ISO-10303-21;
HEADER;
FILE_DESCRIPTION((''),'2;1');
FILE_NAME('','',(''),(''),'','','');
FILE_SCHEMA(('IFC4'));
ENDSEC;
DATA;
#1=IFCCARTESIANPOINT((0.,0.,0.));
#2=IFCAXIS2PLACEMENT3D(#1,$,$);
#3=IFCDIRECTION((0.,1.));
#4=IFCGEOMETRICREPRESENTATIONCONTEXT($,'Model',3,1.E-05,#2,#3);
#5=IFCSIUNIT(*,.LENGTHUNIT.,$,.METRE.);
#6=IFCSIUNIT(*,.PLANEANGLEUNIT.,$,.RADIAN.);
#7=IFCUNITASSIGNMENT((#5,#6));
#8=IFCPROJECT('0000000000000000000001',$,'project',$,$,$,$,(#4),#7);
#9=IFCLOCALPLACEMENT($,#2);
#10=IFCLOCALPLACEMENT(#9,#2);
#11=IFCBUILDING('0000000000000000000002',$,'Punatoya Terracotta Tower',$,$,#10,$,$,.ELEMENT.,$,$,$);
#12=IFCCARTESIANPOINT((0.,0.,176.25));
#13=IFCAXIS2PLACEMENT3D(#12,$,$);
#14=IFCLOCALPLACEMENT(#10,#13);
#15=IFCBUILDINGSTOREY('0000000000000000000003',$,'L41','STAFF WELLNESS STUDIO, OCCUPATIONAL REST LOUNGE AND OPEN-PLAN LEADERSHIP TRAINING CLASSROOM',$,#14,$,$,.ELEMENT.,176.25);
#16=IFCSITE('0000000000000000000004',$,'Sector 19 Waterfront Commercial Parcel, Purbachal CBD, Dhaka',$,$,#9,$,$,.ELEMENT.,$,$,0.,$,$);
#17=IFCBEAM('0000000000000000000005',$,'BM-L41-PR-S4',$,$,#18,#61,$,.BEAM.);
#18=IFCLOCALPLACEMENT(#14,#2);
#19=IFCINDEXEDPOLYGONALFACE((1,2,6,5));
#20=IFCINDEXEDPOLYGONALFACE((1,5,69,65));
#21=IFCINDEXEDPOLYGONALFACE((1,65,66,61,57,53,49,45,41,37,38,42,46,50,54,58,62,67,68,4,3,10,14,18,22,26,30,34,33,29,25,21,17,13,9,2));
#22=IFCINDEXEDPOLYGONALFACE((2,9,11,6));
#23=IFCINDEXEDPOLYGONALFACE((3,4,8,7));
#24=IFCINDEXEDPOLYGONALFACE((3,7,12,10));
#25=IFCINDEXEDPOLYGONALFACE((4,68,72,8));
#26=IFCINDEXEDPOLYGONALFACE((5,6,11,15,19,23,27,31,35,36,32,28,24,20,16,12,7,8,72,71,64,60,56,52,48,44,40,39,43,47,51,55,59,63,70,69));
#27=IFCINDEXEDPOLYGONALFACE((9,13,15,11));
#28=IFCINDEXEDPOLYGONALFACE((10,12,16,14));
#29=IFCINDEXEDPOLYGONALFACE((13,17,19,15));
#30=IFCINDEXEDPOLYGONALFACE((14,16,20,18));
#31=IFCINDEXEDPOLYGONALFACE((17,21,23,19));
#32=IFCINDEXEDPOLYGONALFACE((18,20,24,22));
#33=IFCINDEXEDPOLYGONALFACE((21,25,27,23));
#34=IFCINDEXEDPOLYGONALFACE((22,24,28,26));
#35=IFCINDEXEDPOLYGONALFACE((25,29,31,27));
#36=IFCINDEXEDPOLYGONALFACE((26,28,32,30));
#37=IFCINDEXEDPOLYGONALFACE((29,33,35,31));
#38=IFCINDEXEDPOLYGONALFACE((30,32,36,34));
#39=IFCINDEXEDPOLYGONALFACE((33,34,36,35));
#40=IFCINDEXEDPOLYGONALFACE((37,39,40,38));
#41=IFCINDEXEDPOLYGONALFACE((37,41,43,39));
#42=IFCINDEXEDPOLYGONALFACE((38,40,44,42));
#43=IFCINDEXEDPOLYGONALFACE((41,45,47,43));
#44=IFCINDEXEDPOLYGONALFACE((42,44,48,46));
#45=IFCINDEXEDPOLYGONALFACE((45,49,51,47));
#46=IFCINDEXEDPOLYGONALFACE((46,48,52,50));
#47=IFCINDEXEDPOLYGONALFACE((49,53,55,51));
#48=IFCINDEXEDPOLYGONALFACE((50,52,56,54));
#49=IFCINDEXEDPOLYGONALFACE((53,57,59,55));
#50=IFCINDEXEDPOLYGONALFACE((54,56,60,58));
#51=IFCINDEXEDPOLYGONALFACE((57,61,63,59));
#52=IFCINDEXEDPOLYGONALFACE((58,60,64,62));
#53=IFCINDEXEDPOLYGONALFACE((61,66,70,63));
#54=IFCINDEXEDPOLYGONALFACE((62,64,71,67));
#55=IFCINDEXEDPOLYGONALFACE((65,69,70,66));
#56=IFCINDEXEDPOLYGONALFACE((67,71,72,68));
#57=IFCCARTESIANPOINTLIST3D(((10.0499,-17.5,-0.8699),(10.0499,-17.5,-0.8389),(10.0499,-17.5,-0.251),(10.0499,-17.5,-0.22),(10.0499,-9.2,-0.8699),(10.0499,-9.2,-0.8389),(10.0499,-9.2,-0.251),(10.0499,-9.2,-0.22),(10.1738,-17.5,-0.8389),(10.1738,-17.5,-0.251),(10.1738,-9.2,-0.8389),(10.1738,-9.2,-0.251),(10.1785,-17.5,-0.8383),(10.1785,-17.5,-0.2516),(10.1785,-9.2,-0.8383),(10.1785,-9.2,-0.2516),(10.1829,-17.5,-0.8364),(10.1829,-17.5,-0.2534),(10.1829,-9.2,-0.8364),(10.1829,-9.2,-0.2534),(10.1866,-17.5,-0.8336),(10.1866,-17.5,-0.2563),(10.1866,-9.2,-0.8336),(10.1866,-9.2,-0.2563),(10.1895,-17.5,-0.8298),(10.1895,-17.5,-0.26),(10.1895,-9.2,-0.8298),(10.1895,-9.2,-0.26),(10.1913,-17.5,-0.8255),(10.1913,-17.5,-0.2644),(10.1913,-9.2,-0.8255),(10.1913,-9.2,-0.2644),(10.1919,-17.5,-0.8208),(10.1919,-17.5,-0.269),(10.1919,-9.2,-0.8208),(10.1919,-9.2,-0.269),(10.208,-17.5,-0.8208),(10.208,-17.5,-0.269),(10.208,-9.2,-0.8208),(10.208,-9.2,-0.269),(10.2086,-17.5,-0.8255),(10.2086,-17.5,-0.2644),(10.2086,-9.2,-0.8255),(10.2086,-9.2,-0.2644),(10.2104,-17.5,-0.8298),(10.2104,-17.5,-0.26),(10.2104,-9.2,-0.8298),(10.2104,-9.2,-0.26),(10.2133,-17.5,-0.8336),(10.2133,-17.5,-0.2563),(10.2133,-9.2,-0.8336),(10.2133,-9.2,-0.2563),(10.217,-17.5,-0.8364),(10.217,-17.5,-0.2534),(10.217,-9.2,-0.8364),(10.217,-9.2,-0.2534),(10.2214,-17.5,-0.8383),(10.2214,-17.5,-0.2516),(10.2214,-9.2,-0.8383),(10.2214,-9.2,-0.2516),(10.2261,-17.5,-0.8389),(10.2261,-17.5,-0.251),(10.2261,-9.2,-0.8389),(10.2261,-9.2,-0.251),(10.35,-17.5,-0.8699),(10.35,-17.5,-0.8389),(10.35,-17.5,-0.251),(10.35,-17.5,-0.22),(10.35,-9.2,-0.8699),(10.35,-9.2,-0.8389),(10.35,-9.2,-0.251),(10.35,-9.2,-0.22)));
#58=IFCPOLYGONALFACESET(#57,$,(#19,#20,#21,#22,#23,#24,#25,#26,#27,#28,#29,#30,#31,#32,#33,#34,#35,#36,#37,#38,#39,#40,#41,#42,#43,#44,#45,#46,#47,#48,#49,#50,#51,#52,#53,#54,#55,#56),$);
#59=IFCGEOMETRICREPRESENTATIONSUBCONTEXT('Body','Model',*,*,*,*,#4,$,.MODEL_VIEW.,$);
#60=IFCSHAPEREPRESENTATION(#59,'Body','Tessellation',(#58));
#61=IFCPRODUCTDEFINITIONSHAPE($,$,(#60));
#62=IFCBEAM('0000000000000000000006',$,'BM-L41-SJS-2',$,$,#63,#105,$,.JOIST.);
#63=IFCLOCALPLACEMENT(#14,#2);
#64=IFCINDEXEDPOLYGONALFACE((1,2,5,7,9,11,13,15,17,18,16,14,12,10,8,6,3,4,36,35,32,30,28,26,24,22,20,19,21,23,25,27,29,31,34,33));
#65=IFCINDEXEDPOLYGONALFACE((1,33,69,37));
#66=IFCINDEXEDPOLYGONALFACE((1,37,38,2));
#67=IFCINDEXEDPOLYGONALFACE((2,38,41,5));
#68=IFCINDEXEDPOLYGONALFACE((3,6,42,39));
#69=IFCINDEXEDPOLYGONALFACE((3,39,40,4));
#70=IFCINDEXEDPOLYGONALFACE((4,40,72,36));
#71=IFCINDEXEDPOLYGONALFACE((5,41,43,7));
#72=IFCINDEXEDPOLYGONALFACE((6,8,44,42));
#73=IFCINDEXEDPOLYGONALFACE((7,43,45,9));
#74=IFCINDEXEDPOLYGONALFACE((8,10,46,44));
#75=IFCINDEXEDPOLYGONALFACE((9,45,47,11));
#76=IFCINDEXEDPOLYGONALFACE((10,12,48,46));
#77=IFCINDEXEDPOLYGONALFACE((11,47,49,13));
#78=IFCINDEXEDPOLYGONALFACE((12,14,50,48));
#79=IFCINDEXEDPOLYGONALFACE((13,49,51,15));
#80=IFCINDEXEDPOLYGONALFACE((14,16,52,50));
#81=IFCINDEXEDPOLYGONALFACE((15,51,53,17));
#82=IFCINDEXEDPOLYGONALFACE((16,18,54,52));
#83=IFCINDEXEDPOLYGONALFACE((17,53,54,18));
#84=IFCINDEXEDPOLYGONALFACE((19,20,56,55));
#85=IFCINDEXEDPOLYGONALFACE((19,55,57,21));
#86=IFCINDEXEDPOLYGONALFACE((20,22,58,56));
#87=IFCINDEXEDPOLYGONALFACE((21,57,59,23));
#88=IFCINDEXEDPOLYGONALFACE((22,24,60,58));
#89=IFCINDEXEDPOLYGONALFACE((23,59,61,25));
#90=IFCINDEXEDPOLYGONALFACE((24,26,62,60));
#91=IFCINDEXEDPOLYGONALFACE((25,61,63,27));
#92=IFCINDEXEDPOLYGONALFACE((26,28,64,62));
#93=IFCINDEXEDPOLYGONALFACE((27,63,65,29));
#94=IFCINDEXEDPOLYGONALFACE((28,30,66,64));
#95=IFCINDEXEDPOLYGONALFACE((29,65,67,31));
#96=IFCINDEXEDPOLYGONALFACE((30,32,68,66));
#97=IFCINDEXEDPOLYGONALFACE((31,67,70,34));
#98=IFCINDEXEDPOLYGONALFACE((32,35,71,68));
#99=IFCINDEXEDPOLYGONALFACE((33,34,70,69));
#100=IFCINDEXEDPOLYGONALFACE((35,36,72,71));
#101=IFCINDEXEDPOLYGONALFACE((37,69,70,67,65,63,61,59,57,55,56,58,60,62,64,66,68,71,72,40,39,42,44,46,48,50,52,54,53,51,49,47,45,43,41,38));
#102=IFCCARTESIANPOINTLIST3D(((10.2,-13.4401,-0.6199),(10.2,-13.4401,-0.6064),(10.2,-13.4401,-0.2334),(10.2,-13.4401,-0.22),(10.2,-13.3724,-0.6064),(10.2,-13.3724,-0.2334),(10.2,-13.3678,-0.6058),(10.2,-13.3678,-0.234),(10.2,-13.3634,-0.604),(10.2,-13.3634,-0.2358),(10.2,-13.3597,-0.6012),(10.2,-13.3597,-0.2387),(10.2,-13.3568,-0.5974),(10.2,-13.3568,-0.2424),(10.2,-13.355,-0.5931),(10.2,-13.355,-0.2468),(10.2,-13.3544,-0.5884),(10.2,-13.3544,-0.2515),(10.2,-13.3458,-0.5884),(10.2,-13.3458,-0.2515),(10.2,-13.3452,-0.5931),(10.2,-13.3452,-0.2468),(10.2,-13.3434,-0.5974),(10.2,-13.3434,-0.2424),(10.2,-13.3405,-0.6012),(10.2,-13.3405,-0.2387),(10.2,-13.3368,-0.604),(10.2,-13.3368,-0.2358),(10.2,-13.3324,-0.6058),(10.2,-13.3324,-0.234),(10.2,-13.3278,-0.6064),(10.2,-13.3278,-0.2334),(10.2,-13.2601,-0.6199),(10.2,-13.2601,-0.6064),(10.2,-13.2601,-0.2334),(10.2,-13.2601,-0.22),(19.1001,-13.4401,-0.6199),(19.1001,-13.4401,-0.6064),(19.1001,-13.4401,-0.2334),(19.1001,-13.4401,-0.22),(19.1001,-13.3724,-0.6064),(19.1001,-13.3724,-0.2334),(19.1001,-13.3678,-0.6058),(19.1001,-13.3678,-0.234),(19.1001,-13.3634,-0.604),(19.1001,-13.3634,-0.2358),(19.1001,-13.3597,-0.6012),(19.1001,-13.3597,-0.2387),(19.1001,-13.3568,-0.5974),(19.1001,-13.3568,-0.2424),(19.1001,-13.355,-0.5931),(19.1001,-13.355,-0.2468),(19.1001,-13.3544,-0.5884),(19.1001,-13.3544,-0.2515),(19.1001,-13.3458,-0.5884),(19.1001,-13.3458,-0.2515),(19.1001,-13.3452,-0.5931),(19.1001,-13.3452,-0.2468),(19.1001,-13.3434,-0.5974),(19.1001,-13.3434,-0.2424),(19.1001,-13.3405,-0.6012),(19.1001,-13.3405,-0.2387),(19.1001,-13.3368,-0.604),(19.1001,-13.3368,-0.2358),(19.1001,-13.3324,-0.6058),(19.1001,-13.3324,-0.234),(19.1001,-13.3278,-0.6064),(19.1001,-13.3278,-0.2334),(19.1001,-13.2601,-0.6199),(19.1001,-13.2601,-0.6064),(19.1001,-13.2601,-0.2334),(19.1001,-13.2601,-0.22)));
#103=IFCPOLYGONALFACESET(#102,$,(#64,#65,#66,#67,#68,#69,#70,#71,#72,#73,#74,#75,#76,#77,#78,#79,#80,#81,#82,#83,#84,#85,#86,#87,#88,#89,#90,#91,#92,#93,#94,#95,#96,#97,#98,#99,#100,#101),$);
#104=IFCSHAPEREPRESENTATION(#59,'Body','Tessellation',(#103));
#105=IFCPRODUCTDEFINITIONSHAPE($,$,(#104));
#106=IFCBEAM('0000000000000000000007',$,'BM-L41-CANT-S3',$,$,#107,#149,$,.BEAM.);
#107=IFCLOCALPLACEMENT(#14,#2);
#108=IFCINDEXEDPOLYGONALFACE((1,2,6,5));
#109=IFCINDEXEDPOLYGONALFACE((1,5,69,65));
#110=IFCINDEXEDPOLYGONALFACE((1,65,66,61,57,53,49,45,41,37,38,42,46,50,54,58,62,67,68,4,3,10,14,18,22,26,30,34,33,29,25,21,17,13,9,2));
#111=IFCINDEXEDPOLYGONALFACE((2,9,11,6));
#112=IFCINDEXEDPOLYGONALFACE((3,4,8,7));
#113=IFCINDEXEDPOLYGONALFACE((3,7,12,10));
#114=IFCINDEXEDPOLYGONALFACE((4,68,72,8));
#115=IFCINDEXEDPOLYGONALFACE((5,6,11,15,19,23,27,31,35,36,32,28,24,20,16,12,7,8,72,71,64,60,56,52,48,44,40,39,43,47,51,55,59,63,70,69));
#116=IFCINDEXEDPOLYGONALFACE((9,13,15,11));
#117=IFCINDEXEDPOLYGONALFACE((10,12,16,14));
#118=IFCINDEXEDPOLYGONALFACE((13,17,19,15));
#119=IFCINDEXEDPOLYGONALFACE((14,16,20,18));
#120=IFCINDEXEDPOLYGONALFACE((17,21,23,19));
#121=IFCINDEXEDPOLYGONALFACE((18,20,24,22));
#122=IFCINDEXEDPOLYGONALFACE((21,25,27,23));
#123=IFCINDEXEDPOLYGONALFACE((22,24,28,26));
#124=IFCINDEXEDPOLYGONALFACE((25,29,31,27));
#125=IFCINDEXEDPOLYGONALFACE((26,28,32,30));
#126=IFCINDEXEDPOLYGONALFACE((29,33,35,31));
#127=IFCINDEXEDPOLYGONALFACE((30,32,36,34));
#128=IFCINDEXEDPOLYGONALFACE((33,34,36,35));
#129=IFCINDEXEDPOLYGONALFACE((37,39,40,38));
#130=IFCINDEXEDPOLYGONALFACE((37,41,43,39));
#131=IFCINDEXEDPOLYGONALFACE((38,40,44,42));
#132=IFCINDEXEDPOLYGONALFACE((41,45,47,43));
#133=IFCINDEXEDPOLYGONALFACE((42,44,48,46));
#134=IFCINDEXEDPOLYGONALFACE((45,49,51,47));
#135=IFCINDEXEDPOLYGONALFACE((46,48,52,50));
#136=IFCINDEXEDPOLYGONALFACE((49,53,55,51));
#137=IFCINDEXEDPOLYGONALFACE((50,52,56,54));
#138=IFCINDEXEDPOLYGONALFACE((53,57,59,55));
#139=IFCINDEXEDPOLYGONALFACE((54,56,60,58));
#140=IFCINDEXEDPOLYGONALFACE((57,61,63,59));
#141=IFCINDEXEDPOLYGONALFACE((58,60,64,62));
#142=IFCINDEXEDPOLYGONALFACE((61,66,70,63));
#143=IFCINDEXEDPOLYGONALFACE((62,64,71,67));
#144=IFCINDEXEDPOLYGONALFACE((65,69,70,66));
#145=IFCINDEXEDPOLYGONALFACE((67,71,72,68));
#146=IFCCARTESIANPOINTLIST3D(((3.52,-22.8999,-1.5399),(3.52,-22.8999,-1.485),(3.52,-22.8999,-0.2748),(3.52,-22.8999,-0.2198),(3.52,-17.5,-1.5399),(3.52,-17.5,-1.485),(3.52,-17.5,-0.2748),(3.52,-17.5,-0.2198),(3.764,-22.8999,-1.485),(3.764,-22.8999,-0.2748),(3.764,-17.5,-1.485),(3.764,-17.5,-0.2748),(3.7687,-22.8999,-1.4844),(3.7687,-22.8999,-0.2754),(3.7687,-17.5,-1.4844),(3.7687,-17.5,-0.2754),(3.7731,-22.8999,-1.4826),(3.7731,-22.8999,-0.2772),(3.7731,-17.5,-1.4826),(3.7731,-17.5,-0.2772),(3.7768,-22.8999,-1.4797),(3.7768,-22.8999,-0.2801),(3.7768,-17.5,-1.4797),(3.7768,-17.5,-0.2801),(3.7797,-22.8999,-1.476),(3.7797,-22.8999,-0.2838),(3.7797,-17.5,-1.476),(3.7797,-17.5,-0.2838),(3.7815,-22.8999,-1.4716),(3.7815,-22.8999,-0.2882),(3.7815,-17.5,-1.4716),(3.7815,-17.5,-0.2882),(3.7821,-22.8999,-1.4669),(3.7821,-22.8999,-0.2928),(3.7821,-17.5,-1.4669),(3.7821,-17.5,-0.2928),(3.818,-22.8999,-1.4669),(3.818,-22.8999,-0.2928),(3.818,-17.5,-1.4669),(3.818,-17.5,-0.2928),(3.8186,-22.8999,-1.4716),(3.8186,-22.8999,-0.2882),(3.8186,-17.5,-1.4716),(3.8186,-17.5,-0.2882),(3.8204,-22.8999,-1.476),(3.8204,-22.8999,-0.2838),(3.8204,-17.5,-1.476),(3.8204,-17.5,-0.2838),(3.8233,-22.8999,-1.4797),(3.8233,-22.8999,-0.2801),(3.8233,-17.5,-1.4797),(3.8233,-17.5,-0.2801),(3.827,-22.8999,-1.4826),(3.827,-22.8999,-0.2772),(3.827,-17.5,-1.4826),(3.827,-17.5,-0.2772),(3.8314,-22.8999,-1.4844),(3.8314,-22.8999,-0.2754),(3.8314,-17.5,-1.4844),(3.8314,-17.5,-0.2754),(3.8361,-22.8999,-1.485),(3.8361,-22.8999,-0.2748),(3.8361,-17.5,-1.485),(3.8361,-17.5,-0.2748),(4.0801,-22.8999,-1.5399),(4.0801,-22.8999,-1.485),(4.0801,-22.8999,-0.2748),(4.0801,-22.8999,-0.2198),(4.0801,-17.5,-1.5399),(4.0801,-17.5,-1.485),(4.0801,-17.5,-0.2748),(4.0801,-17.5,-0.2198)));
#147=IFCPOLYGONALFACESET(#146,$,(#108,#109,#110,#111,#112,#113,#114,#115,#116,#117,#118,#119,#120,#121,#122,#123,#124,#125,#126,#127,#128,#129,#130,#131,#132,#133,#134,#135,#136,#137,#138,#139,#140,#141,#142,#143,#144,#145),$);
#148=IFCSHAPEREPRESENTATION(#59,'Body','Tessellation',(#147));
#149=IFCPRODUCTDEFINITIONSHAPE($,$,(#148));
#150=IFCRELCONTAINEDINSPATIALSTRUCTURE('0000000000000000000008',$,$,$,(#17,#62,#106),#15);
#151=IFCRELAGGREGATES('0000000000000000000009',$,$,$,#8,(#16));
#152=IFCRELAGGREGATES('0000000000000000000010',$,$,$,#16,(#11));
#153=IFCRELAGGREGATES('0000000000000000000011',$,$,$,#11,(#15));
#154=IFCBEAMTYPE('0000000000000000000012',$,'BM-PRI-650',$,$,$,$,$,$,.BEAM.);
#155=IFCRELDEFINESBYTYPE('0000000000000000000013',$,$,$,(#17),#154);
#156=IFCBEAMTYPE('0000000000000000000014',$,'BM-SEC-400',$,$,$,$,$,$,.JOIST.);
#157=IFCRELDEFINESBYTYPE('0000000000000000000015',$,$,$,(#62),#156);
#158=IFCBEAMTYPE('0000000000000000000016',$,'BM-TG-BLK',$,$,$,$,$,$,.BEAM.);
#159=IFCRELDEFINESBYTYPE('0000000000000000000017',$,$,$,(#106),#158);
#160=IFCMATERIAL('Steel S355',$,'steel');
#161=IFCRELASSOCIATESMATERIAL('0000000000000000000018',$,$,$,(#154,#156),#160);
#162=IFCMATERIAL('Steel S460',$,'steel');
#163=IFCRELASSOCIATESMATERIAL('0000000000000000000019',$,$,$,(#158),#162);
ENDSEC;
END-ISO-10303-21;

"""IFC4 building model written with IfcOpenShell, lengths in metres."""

from ifc_helpers import new_model, si_unit, direction, frame, origin, origin_2d, place, context, subcontext, project, spatial, i_section, extrude, material, material_profile, profile_set, type_object, element, save


model = new_model("IFC4")

# Units and contexts
model_context = context("Model", 3, precision=1e-05, world=origin(), true_north=direction((0.0, 1.0)))
body_context = subcontext(model_context, "Body", "Model", "MODEL_VIEW")
ifc_project = project(units=[si_unit("LENGTHUNIT", "METRE"), si_unit("PLANEANGLEUNIT", "RADIAN")], contexts=[model_context])

# Site, building, storey
site_placement = place(None, origin())
site = spatial("IfcSite", under=ifc_project, at=site_placement, Name="Sector 19 Waterfront Commercial Parcel, Purbachal CBD, Dhaka", CompositionType="ELEMENT", RefElevation=0.0)
building_placement = place(site_placement, origin())
building = spatial("IfcBuilding", under=site, at=building_placement, Name="Punatoya Terracotta Tower", CompositionType="ELEMENT")
storey_placement = place(building_placement, frame((0.0, 0.0, 176.25)))
storey = spatial("IfcBuildingStorey", under=building, at=storey_placement, Name="L41", Description="STAFF WELLNESS STUDIO, OCCUPATIONAL REST LOUNGE AND OPEN-PLAN LEADERSHIP TRAINING CLASSROOM", CompositionType="ELEMENT", Elevation=176.25)

# Shared definitions
ifc_material_1 = material(Name="Steel S460", Category="steel")

# Beams
ifc_material_2 = material(Name="Steel S355", Category="steel")
ifc_material_profile_1 = material_profile(ifc_material_2, i_section(OverallWidth=0.3, OverallDepth=0.6499, WebThickness=0.0161, FlangeThickness=0.031, FilletRadius=0.0181, at=origin_2d()))
ifc_profile_set_1 = profile_set([ifc_material_profile_1], Name="Steel S355")
beam_type_1 = type_object("IfcBeamType", Name="BM-PRI-650", PredefinedType="BEAM", material=ifc_profile_set_1)
for number, where, z_axis, x_axis, name in (
    (1, (10.2, -17.5, -0.5449), (0.0, 1.0, 0.0), (-1.0, 0.0, 0.0), "BM-L41-PR-S4"),
):
    element("IfcBeam", number, at=place(storey_placement, frame(where, z_axis=z_axis, x_axis=x_axis)), inside=storey, type_object=beam_type_1, Name=name, PredefinedType="BEAM", context=body_context, shape_type="SweptSolid", body=[
        extrude(i_section(OverallWidth=0.3, OverallDepth=0.6499, WebThickness=0.0161, FlangeThickness=0.031, FilletRadius=0.0181, at=origin_2d()), origin(), (0.0, 0.0, 1.0), 8.3),
    ])
ifc_material_profile_2 = material_profile(ifc_material_2, i_section(OverallWidth=0.1799, OverallDepth=0.3999, WebThickness=0.0085, FlangeThickness=0.0134, FilletRadius=0.0181, at=origin_2d()))
ifc_profile_set_2 = profile_set([ifc_material_profile_2], Name="Steel S355")
beam_type_2 = type_object("IfcBeamType", Name="BM-SEC-400", PredefinedType="JOIST", material=ifc_profile_set_2)
beam_1_placement = place(storey_placement, frame((10.2, -13.3501, -0.4199), z_axis=(1.0, 0.0, 0.0), x_axis=(0.0, 1.0, 0.0)))
element("IfcBeam", 2, at=beam_1_placement, inside=storey, type_object=beam_type_2, Name="BM-L41-SJS-2", PredefinedType="JOIST", context=body_context, shape_type="SweptSolid", body=[
    extrude(i_section(OverallWidth=0.1799, OverallDepth=0.3999, WebThickness=0.0085, FlangeThickness=0.0134, FilletRadius=0.0181, at=origin_2d()), origin(), (0.0, 0.0, 1.0), 8.9001),
])
ifc_material_profile_3 = material_profile(ifc_material_1, i_section(OverallWidth=0.5601, OverallDepth=1.3201, WebThickness=0.0359, FlangeThickness=0.0549, FilletRadius=0.0181, at=origin_2d()))
ifc_profile_set_3 = profile_set([ifc_material_profile_3], Name="Steel S460")
beam_type_3 = type_object("IfcBeamType", Name="BM-TG-BLK", PredefinedType="BEAM", material=ifc_profile_set_3)
beam_2_placement = place(storey_placement, frame((3.8, -22.8999, -0.8799), z_axis=(0.0, 1.0, 0.0), x_axis=(-1.0, 0.0, 0.0)))
element("IfcBeam", 3, at=beam_2_placement, inside=storey, type_object=beam_type_3, Name="BM-L41-CANT-S3", PredefinedType="BEAM", context=body_context, shape_type="SweptSolid", body=[
    extrude(i_section(OverallWidth=0.5601, OverallDepth=1.3201, WebThickness=0.0359, FlangeThickness=0.0549, FilletRadius=0.0181, at=origin_2d()), origin(), (0.0, 0.0, 1.0), 5.3999),
])

save(model, "model.ifc")
